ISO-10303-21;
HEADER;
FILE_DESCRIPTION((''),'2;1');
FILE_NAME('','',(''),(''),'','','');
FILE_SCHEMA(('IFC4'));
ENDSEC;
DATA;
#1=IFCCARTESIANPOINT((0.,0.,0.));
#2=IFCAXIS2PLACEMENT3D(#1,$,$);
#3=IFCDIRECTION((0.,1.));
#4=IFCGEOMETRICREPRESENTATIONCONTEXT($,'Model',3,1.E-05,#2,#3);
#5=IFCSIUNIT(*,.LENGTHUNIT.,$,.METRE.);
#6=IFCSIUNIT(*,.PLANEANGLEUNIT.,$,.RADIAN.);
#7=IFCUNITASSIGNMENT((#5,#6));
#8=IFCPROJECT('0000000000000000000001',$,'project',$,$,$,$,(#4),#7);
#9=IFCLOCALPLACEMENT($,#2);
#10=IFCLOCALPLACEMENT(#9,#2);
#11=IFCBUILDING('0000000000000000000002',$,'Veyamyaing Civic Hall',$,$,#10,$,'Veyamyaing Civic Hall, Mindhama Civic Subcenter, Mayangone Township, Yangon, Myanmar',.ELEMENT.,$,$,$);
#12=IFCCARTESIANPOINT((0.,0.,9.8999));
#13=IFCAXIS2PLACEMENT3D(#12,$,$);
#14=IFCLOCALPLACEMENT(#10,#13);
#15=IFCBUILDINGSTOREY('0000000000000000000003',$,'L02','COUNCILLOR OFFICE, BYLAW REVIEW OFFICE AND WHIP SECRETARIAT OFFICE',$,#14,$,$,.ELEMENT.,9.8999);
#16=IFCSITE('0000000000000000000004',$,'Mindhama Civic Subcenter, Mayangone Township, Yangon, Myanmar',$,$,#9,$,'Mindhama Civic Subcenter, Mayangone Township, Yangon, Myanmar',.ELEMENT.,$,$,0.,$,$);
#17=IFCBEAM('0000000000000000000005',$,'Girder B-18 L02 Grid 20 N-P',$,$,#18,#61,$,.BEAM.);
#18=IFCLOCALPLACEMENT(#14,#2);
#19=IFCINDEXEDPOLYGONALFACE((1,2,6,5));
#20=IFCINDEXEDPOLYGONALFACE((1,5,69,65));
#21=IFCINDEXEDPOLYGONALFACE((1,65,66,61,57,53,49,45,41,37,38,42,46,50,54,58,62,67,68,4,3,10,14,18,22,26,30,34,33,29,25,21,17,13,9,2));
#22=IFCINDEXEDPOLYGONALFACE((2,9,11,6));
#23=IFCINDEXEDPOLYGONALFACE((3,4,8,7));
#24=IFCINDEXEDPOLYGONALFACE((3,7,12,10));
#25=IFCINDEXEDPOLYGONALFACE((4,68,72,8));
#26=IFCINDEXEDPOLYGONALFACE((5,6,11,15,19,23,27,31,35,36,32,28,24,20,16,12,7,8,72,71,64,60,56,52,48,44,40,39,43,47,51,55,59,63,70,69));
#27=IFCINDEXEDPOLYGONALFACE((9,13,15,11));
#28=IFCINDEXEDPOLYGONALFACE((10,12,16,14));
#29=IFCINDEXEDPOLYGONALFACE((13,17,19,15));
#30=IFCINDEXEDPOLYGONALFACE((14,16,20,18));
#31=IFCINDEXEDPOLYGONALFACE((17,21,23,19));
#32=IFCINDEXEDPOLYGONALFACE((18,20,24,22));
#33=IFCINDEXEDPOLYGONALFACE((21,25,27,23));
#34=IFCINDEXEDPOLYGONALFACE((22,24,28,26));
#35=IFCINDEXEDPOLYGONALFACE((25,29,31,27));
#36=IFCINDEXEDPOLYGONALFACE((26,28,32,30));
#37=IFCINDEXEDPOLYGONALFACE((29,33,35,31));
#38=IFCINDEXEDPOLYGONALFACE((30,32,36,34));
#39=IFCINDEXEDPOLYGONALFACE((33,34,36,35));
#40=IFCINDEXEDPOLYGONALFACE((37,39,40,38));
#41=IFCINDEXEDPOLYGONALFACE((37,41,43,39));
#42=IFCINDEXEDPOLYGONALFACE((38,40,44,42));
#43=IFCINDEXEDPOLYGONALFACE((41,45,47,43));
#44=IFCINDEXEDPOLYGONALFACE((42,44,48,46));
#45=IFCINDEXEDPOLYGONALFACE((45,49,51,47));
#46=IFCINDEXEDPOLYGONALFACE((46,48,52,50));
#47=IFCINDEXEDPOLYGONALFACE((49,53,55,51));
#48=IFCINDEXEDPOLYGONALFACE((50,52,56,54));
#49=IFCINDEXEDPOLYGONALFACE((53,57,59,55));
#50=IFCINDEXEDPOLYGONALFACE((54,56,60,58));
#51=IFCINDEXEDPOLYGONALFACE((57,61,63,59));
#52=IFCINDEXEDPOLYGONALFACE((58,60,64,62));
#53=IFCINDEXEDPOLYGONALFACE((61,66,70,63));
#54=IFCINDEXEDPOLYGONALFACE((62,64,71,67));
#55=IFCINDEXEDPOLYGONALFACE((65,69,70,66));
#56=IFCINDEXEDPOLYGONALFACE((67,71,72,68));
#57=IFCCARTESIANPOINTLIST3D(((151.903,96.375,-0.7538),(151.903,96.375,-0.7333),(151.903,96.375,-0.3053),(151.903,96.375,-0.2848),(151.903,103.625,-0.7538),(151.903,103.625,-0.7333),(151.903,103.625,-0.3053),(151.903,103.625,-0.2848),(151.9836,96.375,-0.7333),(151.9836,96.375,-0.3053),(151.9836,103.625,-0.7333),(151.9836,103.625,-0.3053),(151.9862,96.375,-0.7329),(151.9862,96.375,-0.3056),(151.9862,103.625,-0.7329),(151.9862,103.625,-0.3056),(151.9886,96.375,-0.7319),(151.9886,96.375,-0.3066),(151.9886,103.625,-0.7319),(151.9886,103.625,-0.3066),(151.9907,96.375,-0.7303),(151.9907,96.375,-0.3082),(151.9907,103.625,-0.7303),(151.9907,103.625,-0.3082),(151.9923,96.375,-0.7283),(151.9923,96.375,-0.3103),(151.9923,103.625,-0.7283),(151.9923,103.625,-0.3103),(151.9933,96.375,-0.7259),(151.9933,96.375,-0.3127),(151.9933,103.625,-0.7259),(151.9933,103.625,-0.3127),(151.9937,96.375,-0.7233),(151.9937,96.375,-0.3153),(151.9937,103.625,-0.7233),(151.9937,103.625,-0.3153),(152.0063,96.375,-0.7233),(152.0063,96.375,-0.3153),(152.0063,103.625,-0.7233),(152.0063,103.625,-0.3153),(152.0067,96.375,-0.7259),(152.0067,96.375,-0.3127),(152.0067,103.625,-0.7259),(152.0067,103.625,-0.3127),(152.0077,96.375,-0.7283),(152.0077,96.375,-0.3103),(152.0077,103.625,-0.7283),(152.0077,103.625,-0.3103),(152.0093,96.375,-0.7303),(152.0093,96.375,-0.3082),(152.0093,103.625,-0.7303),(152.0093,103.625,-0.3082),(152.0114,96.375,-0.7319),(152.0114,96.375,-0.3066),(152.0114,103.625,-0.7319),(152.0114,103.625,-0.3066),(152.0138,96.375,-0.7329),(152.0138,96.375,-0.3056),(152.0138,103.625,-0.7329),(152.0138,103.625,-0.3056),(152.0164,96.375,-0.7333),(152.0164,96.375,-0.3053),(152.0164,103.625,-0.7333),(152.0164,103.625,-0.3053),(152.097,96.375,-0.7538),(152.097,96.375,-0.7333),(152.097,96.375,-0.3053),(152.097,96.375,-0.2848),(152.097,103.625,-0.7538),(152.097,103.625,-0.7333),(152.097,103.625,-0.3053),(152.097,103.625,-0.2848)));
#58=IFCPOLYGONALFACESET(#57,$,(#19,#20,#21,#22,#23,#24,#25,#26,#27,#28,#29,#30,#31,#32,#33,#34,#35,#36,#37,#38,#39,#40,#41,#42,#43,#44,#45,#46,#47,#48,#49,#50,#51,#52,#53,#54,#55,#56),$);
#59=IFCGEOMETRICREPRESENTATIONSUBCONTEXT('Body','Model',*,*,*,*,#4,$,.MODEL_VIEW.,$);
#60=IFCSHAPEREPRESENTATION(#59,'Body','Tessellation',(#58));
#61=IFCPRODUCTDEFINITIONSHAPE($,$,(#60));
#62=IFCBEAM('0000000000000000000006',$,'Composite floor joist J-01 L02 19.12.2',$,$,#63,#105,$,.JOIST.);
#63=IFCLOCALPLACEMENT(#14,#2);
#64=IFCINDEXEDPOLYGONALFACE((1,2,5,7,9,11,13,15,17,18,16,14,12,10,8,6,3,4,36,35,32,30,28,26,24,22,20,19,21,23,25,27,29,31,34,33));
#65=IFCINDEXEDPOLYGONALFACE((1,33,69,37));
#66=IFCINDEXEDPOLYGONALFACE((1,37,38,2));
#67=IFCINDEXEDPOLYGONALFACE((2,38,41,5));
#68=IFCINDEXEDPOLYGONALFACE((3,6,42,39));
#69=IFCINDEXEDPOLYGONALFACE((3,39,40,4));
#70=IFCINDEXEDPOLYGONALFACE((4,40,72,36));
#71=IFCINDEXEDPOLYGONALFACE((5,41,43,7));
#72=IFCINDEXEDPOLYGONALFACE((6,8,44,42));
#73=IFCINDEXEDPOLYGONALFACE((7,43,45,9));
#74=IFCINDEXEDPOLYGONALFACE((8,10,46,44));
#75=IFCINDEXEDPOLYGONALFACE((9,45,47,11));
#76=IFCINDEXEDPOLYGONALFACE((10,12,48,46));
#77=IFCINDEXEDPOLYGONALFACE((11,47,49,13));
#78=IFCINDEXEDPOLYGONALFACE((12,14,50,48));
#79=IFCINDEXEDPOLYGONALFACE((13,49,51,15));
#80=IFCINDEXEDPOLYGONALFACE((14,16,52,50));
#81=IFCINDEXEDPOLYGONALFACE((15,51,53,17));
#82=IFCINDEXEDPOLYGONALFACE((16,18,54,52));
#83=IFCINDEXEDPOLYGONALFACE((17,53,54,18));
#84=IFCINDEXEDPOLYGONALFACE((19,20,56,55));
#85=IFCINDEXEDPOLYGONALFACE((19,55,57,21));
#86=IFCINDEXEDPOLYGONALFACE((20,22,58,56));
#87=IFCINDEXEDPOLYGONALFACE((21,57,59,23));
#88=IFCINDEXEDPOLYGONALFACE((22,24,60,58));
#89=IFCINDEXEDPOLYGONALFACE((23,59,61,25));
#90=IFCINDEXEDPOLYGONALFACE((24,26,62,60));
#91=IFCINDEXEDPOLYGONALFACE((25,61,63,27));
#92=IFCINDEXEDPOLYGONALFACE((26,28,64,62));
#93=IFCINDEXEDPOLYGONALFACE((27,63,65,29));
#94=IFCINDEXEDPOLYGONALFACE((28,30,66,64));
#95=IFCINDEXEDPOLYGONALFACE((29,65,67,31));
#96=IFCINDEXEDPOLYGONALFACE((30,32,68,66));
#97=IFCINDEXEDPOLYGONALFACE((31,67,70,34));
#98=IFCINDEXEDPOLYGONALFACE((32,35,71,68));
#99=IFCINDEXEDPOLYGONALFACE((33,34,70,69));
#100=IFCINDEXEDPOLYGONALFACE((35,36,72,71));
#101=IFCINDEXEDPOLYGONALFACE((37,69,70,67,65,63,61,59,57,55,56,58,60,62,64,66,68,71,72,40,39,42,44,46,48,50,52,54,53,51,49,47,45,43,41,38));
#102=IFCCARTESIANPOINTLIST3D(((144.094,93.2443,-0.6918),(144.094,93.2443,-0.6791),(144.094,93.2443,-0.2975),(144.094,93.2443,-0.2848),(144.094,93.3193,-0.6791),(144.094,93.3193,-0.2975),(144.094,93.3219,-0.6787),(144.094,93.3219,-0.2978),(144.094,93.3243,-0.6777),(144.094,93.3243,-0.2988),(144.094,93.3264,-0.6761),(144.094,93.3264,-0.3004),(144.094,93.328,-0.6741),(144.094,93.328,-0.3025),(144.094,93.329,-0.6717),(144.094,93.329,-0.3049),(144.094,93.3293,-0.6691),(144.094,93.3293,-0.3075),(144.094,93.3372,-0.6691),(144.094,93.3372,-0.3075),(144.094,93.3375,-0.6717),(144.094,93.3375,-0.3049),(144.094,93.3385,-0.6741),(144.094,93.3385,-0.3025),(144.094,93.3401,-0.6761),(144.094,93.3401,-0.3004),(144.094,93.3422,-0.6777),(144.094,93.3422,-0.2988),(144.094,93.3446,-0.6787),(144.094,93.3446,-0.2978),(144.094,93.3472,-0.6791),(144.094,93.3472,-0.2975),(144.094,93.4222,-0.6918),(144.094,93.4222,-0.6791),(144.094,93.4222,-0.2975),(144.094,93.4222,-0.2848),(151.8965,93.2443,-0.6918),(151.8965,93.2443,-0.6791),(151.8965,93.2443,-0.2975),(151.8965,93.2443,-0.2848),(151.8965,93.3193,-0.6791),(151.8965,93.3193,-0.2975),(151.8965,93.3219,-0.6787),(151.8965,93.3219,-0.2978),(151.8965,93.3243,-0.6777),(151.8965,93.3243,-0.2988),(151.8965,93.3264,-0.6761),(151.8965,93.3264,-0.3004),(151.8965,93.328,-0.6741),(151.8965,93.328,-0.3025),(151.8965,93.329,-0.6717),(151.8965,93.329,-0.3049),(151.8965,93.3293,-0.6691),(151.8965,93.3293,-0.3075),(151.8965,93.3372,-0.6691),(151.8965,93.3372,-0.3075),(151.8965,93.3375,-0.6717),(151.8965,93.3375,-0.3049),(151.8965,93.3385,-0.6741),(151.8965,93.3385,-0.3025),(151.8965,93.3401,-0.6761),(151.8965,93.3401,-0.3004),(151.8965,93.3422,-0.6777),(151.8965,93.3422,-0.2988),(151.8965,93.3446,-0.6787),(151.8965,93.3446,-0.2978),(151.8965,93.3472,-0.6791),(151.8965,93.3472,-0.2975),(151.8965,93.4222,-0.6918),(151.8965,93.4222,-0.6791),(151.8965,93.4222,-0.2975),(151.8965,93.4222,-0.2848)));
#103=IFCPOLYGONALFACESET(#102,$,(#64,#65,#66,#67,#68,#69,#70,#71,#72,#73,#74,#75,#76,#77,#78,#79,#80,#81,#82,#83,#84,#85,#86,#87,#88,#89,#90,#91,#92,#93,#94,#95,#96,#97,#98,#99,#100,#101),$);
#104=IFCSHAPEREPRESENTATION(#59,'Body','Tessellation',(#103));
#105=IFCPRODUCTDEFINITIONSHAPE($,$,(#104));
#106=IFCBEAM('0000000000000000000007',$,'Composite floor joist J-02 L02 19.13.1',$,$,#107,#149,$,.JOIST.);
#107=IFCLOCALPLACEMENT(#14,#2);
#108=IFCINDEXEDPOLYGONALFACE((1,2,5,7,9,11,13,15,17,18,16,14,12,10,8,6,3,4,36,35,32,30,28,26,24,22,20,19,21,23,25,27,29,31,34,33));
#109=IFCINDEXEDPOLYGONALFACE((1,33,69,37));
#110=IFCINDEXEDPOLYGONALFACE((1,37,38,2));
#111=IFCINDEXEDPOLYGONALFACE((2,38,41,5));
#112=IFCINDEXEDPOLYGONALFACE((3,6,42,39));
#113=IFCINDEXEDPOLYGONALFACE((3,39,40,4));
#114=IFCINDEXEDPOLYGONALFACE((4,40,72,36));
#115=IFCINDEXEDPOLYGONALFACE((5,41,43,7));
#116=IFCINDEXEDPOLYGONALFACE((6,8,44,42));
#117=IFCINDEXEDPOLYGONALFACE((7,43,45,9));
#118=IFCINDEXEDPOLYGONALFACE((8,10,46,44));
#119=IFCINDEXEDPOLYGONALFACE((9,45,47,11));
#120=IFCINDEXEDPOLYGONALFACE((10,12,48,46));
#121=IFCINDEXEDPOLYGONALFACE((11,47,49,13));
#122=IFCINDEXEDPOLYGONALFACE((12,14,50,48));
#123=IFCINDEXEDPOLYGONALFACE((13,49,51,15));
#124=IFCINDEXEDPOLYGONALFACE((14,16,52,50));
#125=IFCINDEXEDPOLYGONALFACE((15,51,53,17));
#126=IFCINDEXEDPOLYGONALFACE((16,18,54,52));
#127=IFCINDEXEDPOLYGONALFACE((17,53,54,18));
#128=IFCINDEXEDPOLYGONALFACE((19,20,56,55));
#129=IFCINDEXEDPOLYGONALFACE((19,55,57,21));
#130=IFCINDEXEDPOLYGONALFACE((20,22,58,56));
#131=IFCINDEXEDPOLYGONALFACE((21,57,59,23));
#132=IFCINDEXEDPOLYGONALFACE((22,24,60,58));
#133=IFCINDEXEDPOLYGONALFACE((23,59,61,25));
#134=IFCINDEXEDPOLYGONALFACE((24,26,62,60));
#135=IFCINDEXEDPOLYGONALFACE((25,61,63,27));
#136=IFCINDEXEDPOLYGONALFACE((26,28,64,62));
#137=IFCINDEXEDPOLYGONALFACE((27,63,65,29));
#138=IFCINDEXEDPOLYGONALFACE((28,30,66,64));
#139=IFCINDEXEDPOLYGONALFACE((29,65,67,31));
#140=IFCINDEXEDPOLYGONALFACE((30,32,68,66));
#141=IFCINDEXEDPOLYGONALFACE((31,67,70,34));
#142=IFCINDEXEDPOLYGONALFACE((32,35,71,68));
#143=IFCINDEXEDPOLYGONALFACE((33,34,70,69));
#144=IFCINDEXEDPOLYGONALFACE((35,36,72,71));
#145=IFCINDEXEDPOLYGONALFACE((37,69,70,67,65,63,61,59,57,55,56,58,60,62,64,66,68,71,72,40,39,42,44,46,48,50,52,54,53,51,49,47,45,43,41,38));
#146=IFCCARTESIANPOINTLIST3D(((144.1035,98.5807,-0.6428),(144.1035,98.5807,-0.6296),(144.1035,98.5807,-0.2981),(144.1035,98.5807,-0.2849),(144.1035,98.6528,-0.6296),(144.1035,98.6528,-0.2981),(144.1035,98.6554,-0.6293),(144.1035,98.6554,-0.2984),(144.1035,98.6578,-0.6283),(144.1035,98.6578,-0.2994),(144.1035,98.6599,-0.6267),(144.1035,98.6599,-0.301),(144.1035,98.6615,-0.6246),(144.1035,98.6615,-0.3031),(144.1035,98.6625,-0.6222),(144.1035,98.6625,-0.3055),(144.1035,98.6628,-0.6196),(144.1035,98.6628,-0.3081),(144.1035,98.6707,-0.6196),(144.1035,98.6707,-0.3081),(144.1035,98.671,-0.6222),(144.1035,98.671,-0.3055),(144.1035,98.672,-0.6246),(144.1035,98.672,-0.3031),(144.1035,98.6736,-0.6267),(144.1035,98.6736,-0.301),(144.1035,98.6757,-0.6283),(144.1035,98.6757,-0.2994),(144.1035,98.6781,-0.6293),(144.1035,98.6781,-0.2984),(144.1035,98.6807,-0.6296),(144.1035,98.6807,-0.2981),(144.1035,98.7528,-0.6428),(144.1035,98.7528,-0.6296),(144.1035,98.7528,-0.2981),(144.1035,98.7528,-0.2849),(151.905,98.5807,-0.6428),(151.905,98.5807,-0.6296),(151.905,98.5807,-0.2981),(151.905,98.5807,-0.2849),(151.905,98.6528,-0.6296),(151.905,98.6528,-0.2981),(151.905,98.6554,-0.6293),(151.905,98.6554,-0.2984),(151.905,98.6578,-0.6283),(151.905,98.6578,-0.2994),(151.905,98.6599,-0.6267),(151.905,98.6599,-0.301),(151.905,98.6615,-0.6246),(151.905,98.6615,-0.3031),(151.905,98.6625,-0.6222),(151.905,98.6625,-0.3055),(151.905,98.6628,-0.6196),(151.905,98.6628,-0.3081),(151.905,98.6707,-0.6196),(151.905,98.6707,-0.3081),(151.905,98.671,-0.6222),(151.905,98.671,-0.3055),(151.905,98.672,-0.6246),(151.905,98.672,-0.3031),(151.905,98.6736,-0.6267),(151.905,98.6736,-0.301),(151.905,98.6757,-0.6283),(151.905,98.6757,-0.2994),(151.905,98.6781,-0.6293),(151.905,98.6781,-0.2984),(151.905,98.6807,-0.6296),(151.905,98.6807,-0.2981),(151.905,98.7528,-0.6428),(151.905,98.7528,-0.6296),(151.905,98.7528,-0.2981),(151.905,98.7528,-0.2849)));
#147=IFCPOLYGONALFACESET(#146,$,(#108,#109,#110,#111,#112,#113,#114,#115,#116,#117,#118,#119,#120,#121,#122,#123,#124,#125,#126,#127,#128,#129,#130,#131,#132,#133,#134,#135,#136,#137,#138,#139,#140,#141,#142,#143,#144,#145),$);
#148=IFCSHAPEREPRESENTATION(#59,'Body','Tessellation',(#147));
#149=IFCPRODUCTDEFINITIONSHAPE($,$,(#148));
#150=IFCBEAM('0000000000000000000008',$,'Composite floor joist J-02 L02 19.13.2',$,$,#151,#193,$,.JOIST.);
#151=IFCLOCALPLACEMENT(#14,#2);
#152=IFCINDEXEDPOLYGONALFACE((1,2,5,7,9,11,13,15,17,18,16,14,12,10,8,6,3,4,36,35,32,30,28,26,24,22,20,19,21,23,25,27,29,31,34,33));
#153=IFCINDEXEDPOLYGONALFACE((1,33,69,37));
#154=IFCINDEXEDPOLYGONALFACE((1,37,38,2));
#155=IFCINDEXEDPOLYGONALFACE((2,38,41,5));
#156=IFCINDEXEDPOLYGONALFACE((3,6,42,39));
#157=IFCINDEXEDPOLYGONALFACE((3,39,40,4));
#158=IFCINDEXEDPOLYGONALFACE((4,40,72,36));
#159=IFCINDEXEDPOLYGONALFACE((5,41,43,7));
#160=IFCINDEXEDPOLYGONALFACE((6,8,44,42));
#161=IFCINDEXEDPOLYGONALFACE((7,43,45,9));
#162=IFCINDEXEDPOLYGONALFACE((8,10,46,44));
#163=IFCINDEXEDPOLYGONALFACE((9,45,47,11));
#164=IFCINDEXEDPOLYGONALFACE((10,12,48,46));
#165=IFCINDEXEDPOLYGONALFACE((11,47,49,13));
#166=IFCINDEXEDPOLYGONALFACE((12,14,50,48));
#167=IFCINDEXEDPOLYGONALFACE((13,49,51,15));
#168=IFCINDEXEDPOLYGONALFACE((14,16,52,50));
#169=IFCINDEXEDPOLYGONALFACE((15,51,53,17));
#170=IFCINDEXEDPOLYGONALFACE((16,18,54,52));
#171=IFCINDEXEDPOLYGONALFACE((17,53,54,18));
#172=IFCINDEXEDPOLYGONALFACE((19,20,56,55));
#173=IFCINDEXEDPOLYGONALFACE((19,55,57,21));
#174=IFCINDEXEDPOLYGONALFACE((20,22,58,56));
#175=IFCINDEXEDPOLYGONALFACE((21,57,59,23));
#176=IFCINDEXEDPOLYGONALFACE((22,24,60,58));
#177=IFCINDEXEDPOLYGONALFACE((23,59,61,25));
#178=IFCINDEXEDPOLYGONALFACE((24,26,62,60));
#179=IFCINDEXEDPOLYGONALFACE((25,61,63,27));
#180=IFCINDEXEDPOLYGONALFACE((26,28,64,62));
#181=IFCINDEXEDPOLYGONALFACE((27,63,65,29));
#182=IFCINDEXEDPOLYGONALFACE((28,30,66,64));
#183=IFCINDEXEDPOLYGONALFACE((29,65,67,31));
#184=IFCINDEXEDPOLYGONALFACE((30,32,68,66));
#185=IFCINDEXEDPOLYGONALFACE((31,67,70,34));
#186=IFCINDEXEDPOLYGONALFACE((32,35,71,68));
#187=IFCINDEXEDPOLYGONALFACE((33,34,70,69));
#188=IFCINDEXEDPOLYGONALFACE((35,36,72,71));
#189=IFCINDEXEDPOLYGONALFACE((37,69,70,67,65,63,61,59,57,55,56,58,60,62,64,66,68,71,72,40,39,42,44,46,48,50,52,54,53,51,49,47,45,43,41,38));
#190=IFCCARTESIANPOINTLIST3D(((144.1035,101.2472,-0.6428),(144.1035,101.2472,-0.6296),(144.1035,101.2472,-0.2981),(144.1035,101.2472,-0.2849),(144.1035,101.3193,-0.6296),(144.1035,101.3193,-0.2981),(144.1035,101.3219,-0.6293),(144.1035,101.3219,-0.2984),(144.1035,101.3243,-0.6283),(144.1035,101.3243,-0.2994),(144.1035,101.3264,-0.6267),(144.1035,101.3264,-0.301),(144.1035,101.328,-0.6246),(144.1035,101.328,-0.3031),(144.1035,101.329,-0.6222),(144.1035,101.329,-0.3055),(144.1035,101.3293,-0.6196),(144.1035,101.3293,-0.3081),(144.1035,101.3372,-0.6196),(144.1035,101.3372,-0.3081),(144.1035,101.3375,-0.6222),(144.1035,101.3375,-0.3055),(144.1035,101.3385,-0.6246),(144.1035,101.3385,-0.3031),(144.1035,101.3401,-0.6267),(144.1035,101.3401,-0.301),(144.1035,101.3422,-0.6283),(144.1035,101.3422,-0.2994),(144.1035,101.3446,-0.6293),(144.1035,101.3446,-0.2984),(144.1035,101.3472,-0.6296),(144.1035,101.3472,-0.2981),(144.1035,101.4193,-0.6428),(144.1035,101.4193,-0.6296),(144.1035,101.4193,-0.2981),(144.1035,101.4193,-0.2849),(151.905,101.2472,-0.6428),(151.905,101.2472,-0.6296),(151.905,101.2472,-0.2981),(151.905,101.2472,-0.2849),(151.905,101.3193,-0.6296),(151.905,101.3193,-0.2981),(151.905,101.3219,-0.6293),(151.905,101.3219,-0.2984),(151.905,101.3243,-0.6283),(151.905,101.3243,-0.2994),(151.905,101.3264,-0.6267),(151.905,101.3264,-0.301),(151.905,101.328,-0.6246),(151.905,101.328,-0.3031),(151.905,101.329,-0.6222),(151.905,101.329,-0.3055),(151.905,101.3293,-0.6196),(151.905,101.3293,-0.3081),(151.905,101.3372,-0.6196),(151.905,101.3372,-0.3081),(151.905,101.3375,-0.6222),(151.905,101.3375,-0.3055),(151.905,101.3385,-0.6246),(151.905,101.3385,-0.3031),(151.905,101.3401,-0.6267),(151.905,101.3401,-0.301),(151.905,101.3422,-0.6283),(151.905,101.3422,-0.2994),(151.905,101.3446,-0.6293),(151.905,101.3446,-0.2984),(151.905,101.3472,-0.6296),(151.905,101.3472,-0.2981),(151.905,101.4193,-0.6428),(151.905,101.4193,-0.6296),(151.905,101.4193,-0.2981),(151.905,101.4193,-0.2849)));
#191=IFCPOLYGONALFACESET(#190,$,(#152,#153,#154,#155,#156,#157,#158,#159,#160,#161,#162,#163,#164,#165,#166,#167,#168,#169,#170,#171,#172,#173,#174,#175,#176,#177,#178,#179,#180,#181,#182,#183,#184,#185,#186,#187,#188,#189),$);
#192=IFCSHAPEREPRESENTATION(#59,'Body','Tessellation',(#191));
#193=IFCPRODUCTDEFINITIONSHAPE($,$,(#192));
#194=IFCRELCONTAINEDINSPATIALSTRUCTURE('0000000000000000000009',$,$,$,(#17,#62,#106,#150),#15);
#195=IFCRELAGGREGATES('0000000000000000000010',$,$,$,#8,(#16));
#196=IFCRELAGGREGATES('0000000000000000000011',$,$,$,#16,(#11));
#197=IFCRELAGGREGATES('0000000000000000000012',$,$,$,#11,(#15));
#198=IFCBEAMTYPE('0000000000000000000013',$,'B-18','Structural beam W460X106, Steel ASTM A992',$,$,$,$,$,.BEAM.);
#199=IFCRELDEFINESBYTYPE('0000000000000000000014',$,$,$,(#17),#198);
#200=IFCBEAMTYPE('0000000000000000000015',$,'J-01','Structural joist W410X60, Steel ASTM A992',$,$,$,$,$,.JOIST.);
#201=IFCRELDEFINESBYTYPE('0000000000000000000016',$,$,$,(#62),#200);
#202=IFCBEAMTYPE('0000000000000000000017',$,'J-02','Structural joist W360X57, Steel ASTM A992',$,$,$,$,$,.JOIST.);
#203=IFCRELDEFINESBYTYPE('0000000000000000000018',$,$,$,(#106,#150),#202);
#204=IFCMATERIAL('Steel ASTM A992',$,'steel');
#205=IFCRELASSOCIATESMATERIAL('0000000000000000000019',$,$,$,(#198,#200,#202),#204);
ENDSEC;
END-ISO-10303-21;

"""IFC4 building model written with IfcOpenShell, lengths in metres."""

from ifc_helpers import new_model, si_unit, direction, frame, origin, origin_2d, place, context, subcontext, project, spatial, i_section, extrude, material, material_profile, profile_set, type_object, element, save


model = new_model("IFC4")

# Units and contexts
model_context = context("Model", 3, precision=1e-05, world=origin(), true_north=direction((0.0, 1.0)))
body_context = subcontext(model_context, "Body", "Model", "MODEL_VIEW")
ifc_project = project(units=[si_unit("LENGTHUNIT", "METRE"), si_unit("PLANEANGLEUNIT", "RADIAN")], contexts=[model_context])

# Site, building, storey
site_placement = place(None, origin())
site = spatial("IfcSite", under=ifc_project, at=site_placement, Name="Mindhama Civic Subcenter, Mayangone Township, Yangon, Myanmar", LongName="Mindhama Civic Subcenter, Mayangone Township, Yangon, Myanmar", CompositionType="ELEMENT", RefElevation=0.0)
building_placement = place(site_placement, origin())
building = spatial("IfcBuilding", under=site, at=building_placement, Name="Veyamyaing Civic Hall", LongName="Veyamyaing Civic Hall, Mindhama Civic Subcenter, Mayangone Township, Yangon, Myanmar", CompositionType="ELEMENT")
storey_placement = place(building_placement, frame((0.0, 0.0, 9.8999)))
storey = spatial("IfcBuildingStorey", under=building, at=storey_placement, Name="L02", Description="COUNCILLOR OFFICE, BYLAW REVIEW OFFICE AND WHIP SECRETARIAT OFFICE", CompositionType="ELEMENT", Elevation=9.8999)

# Beams
ifc_material_1 = material(Name="Steel ASTM A992", Category="steel")
ifc_material_profile_1 = material_profile(ifc_material_1, i_section(OverallWidth=0.1941, OverallDepth=0.469, WebThickness=0.0127, FlangeThickness=0.0205, FilletRadius=0.01, at=origin_2d()), Name="W460X106")
ifc_profile_set_1 = profile_set([ifc_material_profile_1], Name="Steel ASTM A992")
beam_type_1 = type_object("IfcBeamType", Name="B-18", Description="Structural beam W460X106, Steel ASTM A992", PredefinedType="BEAM", material=ifc_profile_set_1)
beam_1_placement = place(storey_placement, frame((152.0, 96.375, -0.5193), z_axis=(0.0, 1.0, 0.0), x_axis=(-1.0, 0.0, 0.0)))
element("IfcBeam", 1, at=beam_1_placement, inside=storey, type_object=beam_type_1, Name="Girder B-18 L02 Grid 20 N-P", PredefinedType="BEAM", context=body_context, shape_type="SweptSolid", body=[
    extrude(i_section(OverallWidth=0.1941, OverallDepth=0.469, WebThickness=0.0127, FlangeThickness=0.0205, FilletRadius=0.01, at=origin_2d()), origin(), (0.0, 0.0, 1.0), 7.25),
])
ifc_material_profile_2 = material_profile(ifc_material_1, i_section(OverallWidth=0.178, OverallDepth=0.407, WebThickness=0.0078, FlangeThickness=0.0127, FilletRadius=0.01, at=origin_2d()), Name="W410X60")
ifc_profile_set_2 = profile_set([ifc_material_profile_2], Name="Steel ASTM A992")
beam_type_2 = type_object("IfcBeamType", Name="J-01", Description="Structural joist W410X60, Steel ASTM A992", PredefinedType="JOIST", material=ifc_profile_set_2)
beam_2_placement = place(storey_placement, frame((144.094, 93.3333, -0.4883), z_axis=(1.0, 0.0, 0.0), x_axis=(0.0, 1.0, 0.0)))
element("IfcBeam", 2, at=beam_2_placement, inside=storey, type_object=beam_type_2, Name="Composite floor joist J-01 L02 19.12.2", PredefinedType="JOIST", context=body_context, shape_type="SweptSolid", body=[
    extrude(i_section(OverallWidth=0.178, OverallDepth=0.407, WebThickness=0.0078, FlangeThickness=0.0127, FilletRadius=0.01, at=origin_2d()), origin(), (0.0, 0.0, 1.0), 7.8025),
])
ifc_material_profile_3 = material_profile(ifc_material_1, i_section(OverallWidth=0.1721, OverallDepth=0.3579, WebThickness=0.0078, FlangeThickness=0.0132, FilletRadius=0.01, at=origin_2d()), Name="W360X57")
ifc_profile_set_3 = profile_set([ifc_material_profile_3], Name="Steel ASTM A992")
beam_type_3 = type_object("IfcBeamType", Name="J-02", Description="Structural joist W360X57, Steel ASTM A992", PredefinedType="JOIST", material=ifc_profile_set_3)
for number, where, z_axis, x_axis, name in (
    (3, (144.1035, 98.6667, -0.4639), (1.0, 0.0, 0.0), (0.0, 1.0, 0.0), "Composite floor joist J-02 L02 19.13.1"),
    (4, (144.1035, 101.3333, -0.4639), (1.0, 0.0, 0.0), (0.0, 1.0, 0.0), "Composite floor joist J-02 L02 19.13.2"),
):
    element("IfcBeam", number, at=place(storey_placement, frame(where, z_axis=z_axis, x_axis=x_axis)), inside=storey, type_object=beam_type_3, Name=name, PredefinedType="JOIST", context=body_context, shape_type="SweptSolid", body=[
        extrude(i_section(OverallWidth=0.1721, OverallDepth=0.3579, WebThickness=0.0078, FlangeThickness=0.0132, FilletRadius=0.01, at=origin_2d()), origin(), (0.0, 0.0, 1.0), 7.8015),
    ])

save(model, "model.ifc")
